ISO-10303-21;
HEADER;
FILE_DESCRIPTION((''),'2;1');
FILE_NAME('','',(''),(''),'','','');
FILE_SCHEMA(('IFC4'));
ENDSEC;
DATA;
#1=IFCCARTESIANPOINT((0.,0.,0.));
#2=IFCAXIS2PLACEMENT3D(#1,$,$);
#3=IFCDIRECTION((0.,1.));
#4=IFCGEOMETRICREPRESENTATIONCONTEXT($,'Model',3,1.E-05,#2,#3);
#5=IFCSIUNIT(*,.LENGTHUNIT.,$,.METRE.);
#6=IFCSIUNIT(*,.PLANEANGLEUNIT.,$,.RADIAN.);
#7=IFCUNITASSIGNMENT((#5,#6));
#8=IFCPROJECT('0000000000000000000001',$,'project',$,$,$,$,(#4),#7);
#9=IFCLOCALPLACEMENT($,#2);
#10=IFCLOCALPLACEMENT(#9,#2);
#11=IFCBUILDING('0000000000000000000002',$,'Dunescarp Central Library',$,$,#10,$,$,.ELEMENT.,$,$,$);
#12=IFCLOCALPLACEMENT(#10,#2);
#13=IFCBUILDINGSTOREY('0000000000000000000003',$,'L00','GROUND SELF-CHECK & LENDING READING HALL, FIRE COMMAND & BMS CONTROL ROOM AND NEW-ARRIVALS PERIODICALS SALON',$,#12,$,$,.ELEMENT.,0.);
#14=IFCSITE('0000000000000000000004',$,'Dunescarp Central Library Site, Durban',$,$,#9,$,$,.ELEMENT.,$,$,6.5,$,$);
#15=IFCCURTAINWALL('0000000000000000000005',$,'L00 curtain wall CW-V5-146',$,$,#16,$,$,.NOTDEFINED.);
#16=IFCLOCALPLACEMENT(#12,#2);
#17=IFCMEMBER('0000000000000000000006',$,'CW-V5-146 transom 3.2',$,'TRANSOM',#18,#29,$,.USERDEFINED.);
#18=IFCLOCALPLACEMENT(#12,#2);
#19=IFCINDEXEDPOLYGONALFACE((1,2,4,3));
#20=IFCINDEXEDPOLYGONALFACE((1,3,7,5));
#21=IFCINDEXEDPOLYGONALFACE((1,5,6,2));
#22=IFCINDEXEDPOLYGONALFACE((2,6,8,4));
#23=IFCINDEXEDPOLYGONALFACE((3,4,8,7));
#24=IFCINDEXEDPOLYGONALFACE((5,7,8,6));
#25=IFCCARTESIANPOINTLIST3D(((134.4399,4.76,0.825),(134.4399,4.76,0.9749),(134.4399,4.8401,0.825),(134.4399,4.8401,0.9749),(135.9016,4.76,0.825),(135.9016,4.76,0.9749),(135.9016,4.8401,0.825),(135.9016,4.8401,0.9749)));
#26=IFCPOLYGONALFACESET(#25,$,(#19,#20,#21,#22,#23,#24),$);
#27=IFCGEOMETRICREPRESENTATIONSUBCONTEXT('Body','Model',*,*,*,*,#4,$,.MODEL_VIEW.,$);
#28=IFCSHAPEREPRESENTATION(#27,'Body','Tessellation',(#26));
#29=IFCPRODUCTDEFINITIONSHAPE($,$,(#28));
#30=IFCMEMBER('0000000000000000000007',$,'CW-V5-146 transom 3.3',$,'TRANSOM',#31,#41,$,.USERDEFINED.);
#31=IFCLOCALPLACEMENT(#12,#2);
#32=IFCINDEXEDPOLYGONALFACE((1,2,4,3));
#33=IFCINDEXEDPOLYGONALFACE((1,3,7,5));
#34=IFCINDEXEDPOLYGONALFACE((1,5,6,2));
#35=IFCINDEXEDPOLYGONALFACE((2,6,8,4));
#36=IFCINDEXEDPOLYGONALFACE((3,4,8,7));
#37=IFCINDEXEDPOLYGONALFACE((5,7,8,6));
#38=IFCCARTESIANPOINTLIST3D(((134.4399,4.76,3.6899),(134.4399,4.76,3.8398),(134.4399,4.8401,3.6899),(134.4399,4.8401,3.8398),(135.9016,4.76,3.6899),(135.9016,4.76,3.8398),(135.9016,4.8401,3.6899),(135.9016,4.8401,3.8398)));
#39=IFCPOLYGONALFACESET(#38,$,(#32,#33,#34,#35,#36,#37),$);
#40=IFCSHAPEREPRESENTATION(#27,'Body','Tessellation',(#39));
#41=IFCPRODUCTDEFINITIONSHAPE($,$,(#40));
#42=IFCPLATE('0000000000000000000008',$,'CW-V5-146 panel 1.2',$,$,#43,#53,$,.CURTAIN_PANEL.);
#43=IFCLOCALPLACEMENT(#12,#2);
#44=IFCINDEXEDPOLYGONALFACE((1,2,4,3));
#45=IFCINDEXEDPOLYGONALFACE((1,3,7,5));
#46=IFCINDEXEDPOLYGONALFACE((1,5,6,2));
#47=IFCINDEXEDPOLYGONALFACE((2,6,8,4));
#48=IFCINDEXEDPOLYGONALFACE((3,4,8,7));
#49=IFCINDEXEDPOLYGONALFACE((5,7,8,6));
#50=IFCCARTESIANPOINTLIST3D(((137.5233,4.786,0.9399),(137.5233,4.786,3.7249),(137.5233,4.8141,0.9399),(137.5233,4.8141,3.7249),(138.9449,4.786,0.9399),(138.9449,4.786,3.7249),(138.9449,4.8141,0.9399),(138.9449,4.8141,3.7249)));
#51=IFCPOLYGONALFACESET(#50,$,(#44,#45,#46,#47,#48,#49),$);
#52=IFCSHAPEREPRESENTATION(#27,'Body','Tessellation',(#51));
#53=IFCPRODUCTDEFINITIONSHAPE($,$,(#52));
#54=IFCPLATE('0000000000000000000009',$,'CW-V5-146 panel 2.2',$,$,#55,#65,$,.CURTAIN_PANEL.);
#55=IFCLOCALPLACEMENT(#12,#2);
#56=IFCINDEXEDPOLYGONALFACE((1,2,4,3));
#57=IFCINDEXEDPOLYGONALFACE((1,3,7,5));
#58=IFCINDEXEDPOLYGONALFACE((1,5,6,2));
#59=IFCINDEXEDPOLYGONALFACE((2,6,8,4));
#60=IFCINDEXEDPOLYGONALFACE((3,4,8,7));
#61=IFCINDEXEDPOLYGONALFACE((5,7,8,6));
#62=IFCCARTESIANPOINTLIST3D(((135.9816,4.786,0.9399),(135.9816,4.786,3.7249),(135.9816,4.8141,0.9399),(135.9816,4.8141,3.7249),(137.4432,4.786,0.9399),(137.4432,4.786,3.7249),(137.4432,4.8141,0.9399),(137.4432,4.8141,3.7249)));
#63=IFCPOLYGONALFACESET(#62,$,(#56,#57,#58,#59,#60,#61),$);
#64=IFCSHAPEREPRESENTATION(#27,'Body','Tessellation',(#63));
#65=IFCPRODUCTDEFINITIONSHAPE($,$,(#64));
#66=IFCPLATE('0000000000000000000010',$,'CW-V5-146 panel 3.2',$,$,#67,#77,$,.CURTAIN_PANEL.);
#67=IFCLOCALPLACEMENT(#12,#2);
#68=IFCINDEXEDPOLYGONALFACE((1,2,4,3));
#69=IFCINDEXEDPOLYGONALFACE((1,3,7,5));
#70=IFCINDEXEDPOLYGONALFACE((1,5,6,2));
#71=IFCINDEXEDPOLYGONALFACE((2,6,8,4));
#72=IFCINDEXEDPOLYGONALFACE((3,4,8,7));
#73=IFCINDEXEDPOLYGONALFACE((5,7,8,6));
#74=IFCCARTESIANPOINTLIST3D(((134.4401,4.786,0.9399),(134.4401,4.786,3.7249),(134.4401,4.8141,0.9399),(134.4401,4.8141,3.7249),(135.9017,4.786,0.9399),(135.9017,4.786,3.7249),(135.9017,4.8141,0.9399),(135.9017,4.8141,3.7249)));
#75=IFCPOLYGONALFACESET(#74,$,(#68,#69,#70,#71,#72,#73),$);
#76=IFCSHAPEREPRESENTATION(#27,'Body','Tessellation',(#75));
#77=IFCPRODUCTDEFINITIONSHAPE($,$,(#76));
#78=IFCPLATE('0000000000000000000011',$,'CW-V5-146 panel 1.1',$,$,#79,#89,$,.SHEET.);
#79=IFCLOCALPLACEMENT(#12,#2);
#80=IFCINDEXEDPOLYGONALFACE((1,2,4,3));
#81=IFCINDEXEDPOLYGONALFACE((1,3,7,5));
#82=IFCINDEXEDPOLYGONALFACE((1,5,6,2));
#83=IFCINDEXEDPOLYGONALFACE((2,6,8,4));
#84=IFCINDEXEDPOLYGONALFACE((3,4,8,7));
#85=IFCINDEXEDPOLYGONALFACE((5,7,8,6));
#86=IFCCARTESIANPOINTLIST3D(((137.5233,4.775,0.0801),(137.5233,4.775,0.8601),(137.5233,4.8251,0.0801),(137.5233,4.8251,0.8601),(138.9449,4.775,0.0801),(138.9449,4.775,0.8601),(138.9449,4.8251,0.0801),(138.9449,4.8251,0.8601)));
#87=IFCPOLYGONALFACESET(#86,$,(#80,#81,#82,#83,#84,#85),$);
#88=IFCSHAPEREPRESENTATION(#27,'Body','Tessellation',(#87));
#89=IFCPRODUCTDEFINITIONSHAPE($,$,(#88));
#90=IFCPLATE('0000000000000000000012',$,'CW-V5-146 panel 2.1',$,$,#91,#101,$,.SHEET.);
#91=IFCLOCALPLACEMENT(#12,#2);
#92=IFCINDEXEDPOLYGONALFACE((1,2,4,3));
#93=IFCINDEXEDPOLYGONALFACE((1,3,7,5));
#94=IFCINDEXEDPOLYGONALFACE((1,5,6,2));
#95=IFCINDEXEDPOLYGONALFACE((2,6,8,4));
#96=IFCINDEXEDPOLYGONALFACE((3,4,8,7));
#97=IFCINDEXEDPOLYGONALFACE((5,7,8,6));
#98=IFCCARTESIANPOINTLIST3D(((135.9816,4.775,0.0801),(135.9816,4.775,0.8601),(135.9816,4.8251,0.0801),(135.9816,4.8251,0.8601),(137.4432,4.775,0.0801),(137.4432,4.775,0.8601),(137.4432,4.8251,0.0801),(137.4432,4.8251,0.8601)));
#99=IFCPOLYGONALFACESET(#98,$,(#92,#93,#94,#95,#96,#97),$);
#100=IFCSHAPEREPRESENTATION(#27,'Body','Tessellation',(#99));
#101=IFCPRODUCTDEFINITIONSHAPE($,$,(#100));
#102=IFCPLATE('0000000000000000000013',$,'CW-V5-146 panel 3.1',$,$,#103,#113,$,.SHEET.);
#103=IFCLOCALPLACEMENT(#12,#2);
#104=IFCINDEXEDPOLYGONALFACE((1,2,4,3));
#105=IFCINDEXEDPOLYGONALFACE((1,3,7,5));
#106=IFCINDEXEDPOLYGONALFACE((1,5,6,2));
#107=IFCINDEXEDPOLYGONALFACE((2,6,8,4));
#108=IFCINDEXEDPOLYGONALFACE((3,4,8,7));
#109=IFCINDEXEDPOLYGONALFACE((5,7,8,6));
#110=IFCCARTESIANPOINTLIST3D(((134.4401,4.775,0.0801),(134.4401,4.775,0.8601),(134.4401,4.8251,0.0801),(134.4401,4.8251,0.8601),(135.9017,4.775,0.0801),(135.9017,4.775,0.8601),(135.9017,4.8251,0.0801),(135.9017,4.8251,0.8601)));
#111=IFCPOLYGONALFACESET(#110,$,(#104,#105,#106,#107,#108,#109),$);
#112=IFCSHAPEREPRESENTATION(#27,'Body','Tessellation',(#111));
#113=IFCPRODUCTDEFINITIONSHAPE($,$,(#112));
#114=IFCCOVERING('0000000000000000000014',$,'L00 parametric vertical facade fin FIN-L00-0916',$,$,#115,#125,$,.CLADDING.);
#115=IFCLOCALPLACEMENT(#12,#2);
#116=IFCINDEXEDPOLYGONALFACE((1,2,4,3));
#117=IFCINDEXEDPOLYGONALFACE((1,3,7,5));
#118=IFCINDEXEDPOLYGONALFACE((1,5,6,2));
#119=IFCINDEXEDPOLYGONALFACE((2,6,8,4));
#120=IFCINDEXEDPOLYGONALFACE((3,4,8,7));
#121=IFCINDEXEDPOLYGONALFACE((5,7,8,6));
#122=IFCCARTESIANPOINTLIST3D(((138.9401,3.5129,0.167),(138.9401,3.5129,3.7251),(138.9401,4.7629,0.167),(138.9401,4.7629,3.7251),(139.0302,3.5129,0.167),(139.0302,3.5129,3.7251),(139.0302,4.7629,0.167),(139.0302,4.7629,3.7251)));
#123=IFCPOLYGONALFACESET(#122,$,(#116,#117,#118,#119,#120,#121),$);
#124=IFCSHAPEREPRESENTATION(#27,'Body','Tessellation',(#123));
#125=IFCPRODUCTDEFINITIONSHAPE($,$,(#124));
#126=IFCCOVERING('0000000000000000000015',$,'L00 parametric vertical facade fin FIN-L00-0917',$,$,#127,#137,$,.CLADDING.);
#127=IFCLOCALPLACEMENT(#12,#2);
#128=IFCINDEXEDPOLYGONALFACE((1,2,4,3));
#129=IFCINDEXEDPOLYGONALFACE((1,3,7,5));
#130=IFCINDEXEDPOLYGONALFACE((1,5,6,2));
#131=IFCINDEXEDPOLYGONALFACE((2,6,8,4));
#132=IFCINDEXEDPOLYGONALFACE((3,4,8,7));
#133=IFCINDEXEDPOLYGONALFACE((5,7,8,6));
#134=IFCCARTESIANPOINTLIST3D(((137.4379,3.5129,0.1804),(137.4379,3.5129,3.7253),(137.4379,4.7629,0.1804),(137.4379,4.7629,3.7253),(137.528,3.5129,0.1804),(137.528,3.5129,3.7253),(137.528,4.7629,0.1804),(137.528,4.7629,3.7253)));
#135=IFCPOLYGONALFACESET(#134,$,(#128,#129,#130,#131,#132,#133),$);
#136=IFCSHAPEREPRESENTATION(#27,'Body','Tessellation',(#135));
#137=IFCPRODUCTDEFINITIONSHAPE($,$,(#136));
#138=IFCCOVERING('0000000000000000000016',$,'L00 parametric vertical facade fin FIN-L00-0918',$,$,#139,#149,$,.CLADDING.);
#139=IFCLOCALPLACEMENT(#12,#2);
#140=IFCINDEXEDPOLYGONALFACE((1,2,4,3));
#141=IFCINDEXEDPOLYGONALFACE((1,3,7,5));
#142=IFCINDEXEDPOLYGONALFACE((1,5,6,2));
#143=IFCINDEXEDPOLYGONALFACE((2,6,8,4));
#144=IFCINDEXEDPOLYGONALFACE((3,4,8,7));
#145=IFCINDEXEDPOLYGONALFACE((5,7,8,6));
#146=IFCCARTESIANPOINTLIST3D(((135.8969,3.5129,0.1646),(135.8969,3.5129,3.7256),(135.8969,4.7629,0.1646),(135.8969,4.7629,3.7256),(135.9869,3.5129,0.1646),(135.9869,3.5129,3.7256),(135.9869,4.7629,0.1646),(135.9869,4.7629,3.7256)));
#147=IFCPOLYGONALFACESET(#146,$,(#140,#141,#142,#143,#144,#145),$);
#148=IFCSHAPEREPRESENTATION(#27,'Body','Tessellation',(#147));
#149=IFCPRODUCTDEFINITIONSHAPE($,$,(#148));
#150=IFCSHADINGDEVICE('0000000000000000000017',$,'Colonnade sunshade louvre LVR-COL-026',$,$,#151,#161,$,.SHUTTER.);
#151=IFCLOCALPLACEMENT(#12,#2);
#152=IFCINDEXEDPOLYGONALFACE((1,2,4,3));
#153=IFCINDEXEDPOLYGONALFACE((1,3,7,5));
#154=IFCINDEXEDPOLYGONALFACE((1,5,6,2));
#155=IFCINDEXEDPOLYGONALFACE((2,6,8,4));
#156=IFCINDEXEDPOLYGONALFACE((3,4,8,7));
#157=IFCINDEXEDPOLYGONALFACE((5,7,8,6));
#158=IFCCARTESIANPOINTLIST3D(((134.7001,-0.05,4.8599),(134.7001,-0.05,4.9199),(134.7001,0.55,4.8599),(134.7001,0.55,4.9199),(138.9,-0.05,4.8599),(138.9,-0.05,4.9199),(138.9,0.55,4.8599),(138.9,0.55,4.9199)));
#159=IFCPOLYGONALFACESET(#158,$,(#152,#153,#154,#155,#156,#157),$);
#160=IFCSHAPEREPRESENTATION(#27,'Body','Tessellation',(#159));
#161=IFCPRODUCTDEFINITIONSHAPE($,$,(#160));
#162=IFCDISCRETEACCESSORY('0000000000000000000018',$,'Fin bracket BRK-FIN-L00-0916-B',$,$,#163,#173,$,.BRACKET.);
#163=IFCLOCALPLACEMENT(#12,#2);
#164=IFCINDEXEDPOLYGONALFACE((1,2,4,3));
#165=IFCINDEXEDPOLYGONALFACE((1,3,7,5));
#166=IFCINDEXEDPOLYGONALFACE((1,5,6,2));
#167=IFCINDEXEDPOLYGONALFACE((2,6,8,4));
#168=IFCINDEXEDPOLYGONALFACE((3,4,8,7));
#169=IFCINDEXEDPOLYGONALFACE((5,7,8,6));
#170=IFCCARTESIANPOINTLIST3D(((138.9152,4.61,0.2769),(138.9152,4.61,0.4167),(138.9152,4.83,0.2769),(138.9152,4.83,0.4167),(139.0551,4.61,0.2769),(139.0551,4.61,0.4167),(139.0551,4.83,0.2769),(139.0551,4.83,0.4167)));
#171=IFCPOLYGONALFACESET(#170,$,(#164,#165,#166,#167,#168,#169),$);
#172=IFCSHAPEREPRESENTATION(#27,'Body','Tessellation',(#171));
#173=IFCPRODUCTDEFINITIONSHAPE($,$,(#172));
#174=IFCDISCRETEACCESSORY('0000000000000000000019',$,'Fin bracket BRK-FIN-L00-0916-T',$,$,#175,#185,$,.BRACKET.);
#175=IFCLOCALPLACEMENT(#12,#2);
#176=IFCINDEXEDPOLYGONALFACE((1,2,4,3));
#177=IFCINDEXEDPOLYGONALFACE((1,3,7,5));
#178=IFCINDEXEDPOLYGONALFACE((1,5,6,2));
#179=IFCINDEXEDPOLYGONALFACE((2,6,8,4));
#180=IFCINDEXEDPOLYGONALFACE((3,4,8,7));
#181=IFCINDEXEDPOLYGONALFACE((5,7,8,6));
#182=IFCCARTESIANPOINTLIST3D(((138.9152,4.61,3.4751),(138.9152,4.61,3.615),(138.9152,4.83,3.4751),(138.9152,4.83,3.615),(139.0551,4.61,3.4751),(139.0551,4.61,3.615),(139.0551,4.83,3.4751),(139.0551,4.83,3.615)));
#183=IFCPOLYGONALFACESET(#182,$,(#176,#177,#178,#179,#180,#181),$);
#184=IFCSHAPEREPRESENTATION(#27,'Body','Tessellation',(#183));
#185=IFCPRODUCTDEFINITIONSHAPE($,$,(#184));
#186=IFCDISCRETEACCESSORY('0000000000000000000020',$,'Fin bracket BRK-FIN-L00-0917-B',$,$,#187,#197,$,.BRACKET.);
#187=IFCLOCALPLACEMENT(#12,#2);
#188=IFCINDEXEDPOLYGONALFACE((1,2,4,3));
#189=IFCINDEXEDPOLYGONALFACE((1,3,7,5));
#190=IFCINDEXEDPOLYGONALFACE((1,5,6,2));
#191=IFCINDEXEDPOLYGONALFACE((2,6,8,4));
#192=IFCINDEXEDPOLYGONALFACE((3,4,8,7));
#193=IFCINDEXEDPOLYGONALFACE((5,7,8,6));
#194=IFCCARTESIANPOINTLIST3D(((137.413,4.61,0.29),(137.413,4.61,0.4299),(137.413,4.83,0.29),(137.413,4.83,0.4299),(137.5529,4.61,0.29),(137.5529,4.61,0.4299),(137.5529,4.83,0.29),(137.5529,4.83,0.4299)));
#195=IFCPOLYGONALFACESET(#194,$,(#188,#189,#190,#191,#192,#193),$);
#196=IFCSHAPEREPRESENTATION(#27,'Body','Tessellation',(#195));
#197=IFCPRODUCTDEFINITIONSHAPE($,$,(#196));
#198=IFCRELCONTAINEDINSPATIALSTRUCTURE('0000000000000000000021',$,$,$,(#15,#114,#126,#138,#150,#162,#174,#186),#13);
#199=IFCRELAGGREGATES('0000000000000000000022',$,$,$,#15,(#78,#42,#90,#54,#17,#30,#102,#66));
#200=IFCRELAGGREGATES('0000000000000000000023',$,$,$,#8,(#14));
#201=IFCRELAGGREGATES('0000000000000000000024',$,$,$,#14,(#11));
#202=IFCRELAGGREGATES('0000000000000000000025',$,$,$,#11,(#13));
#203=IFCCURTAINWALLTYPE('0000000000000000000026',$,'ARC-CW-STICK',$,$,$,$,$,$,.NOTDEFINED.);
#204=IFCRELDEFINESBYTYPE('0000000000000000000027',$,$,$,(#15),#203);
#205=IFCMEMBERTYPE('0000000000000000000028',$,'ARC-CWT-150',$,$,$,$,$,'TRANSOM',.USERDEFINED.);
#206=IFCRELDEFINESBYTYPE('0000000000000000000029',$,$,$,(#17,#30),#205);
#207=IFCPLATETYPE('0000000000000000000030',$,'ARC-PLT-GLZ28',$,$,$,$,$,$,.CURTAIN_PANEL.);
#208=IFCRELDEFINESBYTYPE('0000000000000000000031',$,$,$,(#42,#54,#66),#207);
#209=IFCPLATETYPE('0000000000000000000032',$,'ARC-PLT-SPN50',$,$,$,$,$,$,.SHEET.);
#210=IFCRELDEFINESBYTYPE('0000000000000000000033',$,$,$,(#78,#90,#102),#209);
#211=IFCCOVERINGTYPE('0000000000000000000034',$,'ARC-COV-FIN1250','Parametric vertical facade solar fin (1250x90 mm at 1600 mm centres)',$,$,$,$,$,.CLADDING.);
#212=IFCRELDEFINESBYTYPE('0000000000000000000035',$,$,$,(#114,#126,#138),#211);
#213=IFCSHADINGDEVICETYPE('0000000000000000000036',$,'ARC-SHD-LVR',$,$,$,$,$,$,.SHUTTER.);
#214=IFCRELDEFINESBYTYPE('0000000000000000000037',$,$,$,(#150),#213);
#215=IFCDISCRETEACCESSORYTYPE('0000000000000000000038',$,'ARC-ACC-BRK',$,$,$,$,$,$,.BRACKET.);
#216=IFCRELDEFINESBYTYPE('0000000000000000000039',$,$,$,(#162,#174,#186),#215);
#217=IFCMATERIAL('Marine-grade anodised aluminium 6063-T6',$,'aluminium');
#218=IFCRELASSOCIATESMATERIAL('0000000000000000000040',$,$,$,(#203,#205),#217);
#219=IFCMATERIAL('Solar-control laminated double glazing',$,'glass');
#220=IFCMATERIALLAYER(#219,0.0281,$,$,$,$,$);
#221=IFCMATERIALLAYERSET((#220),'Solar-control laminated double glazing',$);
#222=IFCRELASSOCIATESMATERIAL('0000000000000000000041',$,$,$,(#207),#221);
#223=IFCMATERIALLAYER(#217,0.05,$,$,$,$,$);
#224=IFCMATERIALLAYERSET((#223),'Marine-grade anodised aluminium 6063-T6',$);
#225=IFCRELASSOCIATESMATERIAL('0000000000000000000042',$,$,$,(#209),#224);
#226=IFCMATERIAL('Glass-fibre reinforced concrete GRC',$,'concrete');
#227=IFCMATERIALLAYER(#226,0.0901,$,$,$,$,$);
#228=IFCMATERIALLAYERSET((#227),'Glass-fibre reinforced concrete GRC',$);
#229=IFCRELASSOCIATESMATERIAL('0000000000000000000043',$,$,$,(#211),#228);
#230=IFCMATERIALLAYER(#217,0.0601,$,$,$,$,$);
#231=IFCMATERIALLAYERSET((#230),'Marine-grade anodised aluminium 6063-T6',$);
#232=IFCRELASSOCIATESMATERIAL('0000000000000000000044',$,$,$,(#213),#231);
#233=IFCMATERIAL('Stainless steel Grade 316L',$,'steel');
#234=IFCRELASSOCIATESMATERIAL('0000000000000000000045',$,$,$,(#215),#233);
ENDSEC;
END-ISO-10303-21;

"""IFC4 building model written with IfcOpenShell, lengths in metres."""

from ifc_helpers import new_model, si_unit, direction, frame, origin, origin_2d, place, context, subcontext, project, spatial, rectangle, extrude, material, layer, layer_set, material_profile, profile_set, type_object, element, aggregate, save


model = new_model("IFC4")

# Units and contexts
model_context = context("Model", 3, precision=1e-05, world=origin(), true_north=direction((0.0, 1.0)))
body_context = subcontext(model_context, "Body", "Model", "MODEL_VIEW")
ifc_project = project(units=[si_unit("LENGTHUNIT", "METRE"), si_unit("PLANEANGLEUNIT", "RADIAN")], contexts=[model_context])

# Site, building, storey
site_placement = place(None, origin())
site = spatial("IfcSite", under=ifc_project, at=site_placement, Name="Dunescarp Central Library Site, Durban", CompositionType="ELEMENT", RefElevation=6.5)
building_placement = place(site_placement, origin())
building = spatial("IfcBuilding", under=site, at=building_placement, Name="Dunescarp Central Library", CompositionType="ELEMENT")
storey_placement = place(building_placement, origin())
storey = spatial("IfcBuildingStorey", under=building, at=storey_placement, Name="L00", Description="GROUND SELF-CHECK & LENDING READING HALL, FIRE COMMAND & BMS CONTROL ROOM AND NEW-ARRIVALS PERIODICALS SALON", CompositionType="ELEMENT", Elevation=0.0)

# Curtain wall, members, plates
ifc_material_1 = material(Name="Marine-grade anodised aluminium 6063-T6", Category="aluminium")
curtain_wall_type = type_object("IfcCurtainWallType", Name="ARC-CW-STICK", PredefinedType="NOTDEFINED", material=ifc_material_1)
curtain_wall_placement = place(storey_placement, origin())
curtain_wall = element("IfcCurtainWall", 1, at=curtain_wall_placement, inside=storey, type_object=curtain_wall_type, Name="L00 curtain wall CW-V5-146", PredefinedType="NOTDEFINED")
ifc_material_profile_1 = material_profile(ifc_material_1, rectangle(XDim=0.0801, YDim=0.1499, at=origin_2d()), Name="AL 80x150")
ifc_profile_set_1 = profile_set([ifc_material_profile_1], Name="Marine-grade anodised aluminium 6063-T6")
member_type_1 = type_object("IfcMemberType", Name="ARC-CWT-150", ElementType="TRANSOM", PredefinedType="USERDEFINED", material=ifc_profile_set_1)
member_1_placement = place(storey_placement, frame((135.9016, 4.8, 0.8999), z_axis=(-1.0, 0.0, 0.0), x_axis=(0.0, -1.0, 0.0)))
member_1 = element("IfcMember", 2, at=member_1_placement, type_object=member_type_1, Name="CW-V5-146 transom 3.2", ObjectType="TRANSOM", PredefinedType="USERDEFINED", context=body_context, shape_type="SweptSolid", body=[
    extrude(rectangle(XDim=0.0801, YDim=0.1499, at=origin_2d()), origin(), (0.0, 0.0, 1.0), 1.4617),
])
member_2_placement = place(storey_placement, frame((135.9016, 4.8, 3.7649), z_axis=(-1.0, 0.0, 0.0), x_axis=(0.0, -1.0, 0.0)))
member_2 = element("IfcMember", 3, at=member_2_placement, type_object=member_type_1, Name="CW-V5-146 transom 3.3", ObjectType="TRANSOM", PredefinedType="USERDEFINED", context=body_context, shape_type="SweptSolid", body=[
    extrude(rectangle(XDim=0.0801, YDim=0.1499, at=origin_2d()), origin(), (0.0, 0.0, 1.0), 1.4617),
])
ifc_material_2 = material(Name="Solar-control laminated double glazing", Category="glass")
ifc_layer_1 = layer(ifc_material_2, 0.0281)
ifc_layer_set_1 = layer_set([ifc_layer_1], Name="Solar-control laminated double glazing")
plate_type_1 = type_object("IfcPlateType", Name="ARC-PLT-GLZ28", PredefinedType="CURTAIN_PANEL", material=ifc_layer_set_1)
plate_1_placement = place(storey_placement, frame((138.2341, 4.8, 0.9399), z_axis=(0.0, 0.0, 1.0), x_axis=(-1.0, 0.0, 0.0)))
plate_1 = element("IfcPlate", 4, at=plate_1_placement, type_object=plate_type_1, Name="CW-V5-146 panel 1.2", PredefinedType="CURTAIN_PANEL", context=body_context, shape_type="SweptSolid", body=[
    extrude(rectangle(XDim=1.4216, YDim=0.0281, at=origin_2d()), origin(), (0.0, 0.0, 1.0), 2.7849),
])
plate_2_placement = place(storey_placement, frame((136.7124, 4.8, 0.9399), z_axis=(0.0, 0.0, 1.0), x_axis=(-1.0, 0.0, 0.0)))
plate_2 = element("IfcPlate", 5, at=plate_2_placement, type_object=plate_type_1, Name="CW-V5-146 panel 2.2", PredefinedType="CURTAIN_PANEL", context=body_context, shape_type="SweptSolid", body=[
    extrude(rectangle(XDim=1.4617, YDim=0.0281, at=origin_2d()), origin(), (0.0, 0.0, 1.0), 2.7849),
])
plate_3_placement = place(storey_placement, frame((135.1709, 4.8, 0.9399), z_axis=(0.0, 0.0, 1.0), x_axis=(-1.0, 0.0, 0.0)))
plate_3 = element("IfcPlate", 6, at=plate_3_placement, type_object=plate_type_1, Name="CW-V5-146 panel 3.2", PredefinedType="CURTAIN_PANEL", context=body_context, shape_type="SweptSolid", body=[
    extrude(rectangle(XDim=1.4617, YDim=0.0281, at=origin_2d()), origin(), (0.0, 0.0, 1.0), 2.7849),
])
ifc_layer_2 = layer(ifc_material_1, 0.05)
ifc_layer_set_2 = layer_set([ifc_layer_2], Name="Marine-grade anodised aluminium 6063-T6")
plate_type_2 = type_object("IfcPlateType", Name="ARC-PLT-SPN50", PredefinedType="SHEET", material=ifc_layer_set_2)
plate_4_placement = place(storey_placement, frame((138.2341, 4.8, 0.0801), z_axis=(0.0, 0.0, 1.0), x_axis=(-1.0, 0.0, 0.0)))
plate_4 = element("IfcPlate", 7, at=plate_4_placement, type_object=plate_type_2, Name="CW-V5-146 panel 1.1", PredefinedType="SHEET", context=body_context, shape_type="SweptSolid", body=[
    extrude(rectangle(XDim=1.4216, YDim=0.05, at=origin_2d()), origin(), (0.0, 0.0, 1.0), 0.78),
])
plate_5_placement = place(storey_placement, frame((136.7124, 4.8, 0.0801), z_axis=(0.0, 0.0, 1.0), x_axis=(-1.0, 0.0, 0.0)))
plate_5 = element("IfcPlate", 8, at=plate_5_placement, type_object=plate_type_2, Name="CW-V5-146 panel 2.1", PredefinedType="SHEET", context=body_context, shape_type="SweptSolid", body=[
    extrude(rectangle(XDim=1.4617, YDim=0.05, at=origin_2d()), origin(), (0.0, 0.0, 1.0), 0.78),
])
plate_6_placement = place(storey_placement, frame((135.1709, 4.8, 0.0801), z_axis=(0.0, 0.0, 1.0), x_axis=(-1.0, 0.0, 0.0)))
plate_6 = element("IfcPlate", 9, at=plate_6_placement, type_object=plate_type_2, Name="CW-V5-146 panel 3.1", PredefinedType="SHEET", context=body_context, shape_type="SweptSolid", body=[
    extrude(rectangle(XDim=1.4617, YDim=0.05, at=origin_2d()), origin(), (0.0, 0.0, 1.0), 0.78),
])
aggregate(curtain_wall, [plate_4, plate_1, plate_5, plate_2, member_1, member_2, plate_6, plate_3])

# Coverings
ifc_material_3 = material(Name="Glass-fibre reinforced concrete GRC", Category="concrete")
ifc_layer_3 = layer(ifc_material_3, 0.0901)
ifc_layer_set_3 = layer_set([ifc_layer_3], Name="Glass-fibre reinforced concrete GRC")
covering_type = type_object("IfcCoveringType", Name="ARC-COV-FIN1250", Description="Parametric vertical facade solar fin (1250x90 mm at 1600 mm centres)", PredefinedType="CLADDING", material=ifc_layer_set_3)
covering_1_placement = place(storey_placement, frame((138.9851, 4.1379, 0.167), z_axis=(0.0, 0.0, 1.0), x_axis=(0.0, -1.0, 0.0)))
element("IfcCovering", 10, at=covering_1_placement, inside=storey, type_object=covering_type, Name="L00 parametric vertical facade fin FIN-L00-0916", PredefinedType="CLADDING", context=body_context, shape_type="SweptSolid", body=[
    extrude(rectangle(XDim=1.25, YDim=0.0901, at=origin_2d()), origin(), (0.0, 0.0, 1.0), 3.5581),
])
covering_2_placement = place(storey_placement, frame((137.4829, 4.1379, 0.1804), z_axis=(0.0, 0.0, 1.0), x_axis=(0.0, -1.0, 0.0)))
element("IfcCovering", 11, at=covering_2_placement, inside=storey, type_object=covering_type, Name="L00 parametric vertical facade fin FIN-L00-0917", PredefinedType="CLADDING", context=body_context, shape_type="SweptSolid", body=[
    extrude(rectangle(XDim=1.25, YDim=0.0901, at=origin_2d()), origin(), (0.0, 0.0, 1.0), 3.5449),
])
covering_3_placement = place(storey_placement, frame((135.9419, 4.1379, 0.1646), z_axis=(0.0, 0.0, 1.0), x_axis=(0.0, -1.0, 0.0)))
element("IfcCovering", 12, at=covering_3_placement, inside=storey, type_object=covering_type, Name="L00 parametric vertical facade fin FIN-L00-0918", PredefinedType="CLADDING", context=body_context, shape_type="SweptSolid", body=[
    extrude(rectangle(XDim=1.25, YDim=0.0901, at=origin_2d()), origin(), (0.0, 0.0, 1.0), 3.561),
])

# Shading device
ifc_layer_4 = layer(ifc_material_1, 0.0601)
ifc_layer_set_4 = layer_set([ifc_layer_4], Name="Marine-grade anodised aluminium 6063-T6")
shading_device_type = type_object("IfcShadingDeviceType", Name="ARC-SHD-LVR", PredefinedType="SHUTTER", material=ifc_layer_set_4)
shading_device_placement = place(storey_placement, frame((136.8, 0.25, 4.8599), z_axis=(0.0, 0.0, 1.0), x_axis=(1.0, 0.0, 0.0)))
element("IfcShadingDevice", 13, at=shading_device_placement, inside=storey, type_object=shading_device_type, Name="Colonnade sunshade louvre LVR-COL-026", PredefinedType="SHUTTER", context=body_context, shape_type="SweptSolid", body=[
    extrude(rectangle(XDim=4.2, YDim=0.6001, at=origin_2d()), origin(), (0.0, 0.0, 1.0), 0.0601),
])

# Discrete accessories
ifc_material_4 = material(Name="Stainless steel Grade 316L", Category="steel")
discrete_accessory_type = type_object("IfcDiscreteAccessoryType", Name="ARC-ACC-BRK", PredefinedType="BRACKET", material=ifc_material_4)
for number, where, z_axis, x_axis, name in (
    (14, (138.9851, 4.72, 0.2769), (0.0, 0.0, 1.0), (0.0, -1.0, 0.0), "Fin bracket BRK-FIN-L00-0916-B"),
    (15, (138.9851, 4.72, 3.4751), (0.0, 0.0, 1.0), (0.0, -1.0, 0.0), "Fin bracket BRK-FIN-L00-0916-T"),
    (16, (137.4829, 4.72, 0.29), (0.0, 0.0, 1.0), (0.0, -1.0, 0.0), "Fin bracket BRK-FIN-L00-0917-B"),
):
    element("IfcDiscreteAccessory", number, at=place(storey_placement, frame(where, z_axis=z_axis, x_axis=x_axis)), inside=storey, type_object=discrete_accessory_type, Name=name, PredefinedType="BRACKET", context=body_context, shape_type="SweptSolid", body=[
        extrude(rectangle(XDim=0.22, YDim=0.1399, at=origin_2d()), origin(), (0.0, 0.0, 1.0), 0.1399),
    ])

save(model, "model.ifc")
